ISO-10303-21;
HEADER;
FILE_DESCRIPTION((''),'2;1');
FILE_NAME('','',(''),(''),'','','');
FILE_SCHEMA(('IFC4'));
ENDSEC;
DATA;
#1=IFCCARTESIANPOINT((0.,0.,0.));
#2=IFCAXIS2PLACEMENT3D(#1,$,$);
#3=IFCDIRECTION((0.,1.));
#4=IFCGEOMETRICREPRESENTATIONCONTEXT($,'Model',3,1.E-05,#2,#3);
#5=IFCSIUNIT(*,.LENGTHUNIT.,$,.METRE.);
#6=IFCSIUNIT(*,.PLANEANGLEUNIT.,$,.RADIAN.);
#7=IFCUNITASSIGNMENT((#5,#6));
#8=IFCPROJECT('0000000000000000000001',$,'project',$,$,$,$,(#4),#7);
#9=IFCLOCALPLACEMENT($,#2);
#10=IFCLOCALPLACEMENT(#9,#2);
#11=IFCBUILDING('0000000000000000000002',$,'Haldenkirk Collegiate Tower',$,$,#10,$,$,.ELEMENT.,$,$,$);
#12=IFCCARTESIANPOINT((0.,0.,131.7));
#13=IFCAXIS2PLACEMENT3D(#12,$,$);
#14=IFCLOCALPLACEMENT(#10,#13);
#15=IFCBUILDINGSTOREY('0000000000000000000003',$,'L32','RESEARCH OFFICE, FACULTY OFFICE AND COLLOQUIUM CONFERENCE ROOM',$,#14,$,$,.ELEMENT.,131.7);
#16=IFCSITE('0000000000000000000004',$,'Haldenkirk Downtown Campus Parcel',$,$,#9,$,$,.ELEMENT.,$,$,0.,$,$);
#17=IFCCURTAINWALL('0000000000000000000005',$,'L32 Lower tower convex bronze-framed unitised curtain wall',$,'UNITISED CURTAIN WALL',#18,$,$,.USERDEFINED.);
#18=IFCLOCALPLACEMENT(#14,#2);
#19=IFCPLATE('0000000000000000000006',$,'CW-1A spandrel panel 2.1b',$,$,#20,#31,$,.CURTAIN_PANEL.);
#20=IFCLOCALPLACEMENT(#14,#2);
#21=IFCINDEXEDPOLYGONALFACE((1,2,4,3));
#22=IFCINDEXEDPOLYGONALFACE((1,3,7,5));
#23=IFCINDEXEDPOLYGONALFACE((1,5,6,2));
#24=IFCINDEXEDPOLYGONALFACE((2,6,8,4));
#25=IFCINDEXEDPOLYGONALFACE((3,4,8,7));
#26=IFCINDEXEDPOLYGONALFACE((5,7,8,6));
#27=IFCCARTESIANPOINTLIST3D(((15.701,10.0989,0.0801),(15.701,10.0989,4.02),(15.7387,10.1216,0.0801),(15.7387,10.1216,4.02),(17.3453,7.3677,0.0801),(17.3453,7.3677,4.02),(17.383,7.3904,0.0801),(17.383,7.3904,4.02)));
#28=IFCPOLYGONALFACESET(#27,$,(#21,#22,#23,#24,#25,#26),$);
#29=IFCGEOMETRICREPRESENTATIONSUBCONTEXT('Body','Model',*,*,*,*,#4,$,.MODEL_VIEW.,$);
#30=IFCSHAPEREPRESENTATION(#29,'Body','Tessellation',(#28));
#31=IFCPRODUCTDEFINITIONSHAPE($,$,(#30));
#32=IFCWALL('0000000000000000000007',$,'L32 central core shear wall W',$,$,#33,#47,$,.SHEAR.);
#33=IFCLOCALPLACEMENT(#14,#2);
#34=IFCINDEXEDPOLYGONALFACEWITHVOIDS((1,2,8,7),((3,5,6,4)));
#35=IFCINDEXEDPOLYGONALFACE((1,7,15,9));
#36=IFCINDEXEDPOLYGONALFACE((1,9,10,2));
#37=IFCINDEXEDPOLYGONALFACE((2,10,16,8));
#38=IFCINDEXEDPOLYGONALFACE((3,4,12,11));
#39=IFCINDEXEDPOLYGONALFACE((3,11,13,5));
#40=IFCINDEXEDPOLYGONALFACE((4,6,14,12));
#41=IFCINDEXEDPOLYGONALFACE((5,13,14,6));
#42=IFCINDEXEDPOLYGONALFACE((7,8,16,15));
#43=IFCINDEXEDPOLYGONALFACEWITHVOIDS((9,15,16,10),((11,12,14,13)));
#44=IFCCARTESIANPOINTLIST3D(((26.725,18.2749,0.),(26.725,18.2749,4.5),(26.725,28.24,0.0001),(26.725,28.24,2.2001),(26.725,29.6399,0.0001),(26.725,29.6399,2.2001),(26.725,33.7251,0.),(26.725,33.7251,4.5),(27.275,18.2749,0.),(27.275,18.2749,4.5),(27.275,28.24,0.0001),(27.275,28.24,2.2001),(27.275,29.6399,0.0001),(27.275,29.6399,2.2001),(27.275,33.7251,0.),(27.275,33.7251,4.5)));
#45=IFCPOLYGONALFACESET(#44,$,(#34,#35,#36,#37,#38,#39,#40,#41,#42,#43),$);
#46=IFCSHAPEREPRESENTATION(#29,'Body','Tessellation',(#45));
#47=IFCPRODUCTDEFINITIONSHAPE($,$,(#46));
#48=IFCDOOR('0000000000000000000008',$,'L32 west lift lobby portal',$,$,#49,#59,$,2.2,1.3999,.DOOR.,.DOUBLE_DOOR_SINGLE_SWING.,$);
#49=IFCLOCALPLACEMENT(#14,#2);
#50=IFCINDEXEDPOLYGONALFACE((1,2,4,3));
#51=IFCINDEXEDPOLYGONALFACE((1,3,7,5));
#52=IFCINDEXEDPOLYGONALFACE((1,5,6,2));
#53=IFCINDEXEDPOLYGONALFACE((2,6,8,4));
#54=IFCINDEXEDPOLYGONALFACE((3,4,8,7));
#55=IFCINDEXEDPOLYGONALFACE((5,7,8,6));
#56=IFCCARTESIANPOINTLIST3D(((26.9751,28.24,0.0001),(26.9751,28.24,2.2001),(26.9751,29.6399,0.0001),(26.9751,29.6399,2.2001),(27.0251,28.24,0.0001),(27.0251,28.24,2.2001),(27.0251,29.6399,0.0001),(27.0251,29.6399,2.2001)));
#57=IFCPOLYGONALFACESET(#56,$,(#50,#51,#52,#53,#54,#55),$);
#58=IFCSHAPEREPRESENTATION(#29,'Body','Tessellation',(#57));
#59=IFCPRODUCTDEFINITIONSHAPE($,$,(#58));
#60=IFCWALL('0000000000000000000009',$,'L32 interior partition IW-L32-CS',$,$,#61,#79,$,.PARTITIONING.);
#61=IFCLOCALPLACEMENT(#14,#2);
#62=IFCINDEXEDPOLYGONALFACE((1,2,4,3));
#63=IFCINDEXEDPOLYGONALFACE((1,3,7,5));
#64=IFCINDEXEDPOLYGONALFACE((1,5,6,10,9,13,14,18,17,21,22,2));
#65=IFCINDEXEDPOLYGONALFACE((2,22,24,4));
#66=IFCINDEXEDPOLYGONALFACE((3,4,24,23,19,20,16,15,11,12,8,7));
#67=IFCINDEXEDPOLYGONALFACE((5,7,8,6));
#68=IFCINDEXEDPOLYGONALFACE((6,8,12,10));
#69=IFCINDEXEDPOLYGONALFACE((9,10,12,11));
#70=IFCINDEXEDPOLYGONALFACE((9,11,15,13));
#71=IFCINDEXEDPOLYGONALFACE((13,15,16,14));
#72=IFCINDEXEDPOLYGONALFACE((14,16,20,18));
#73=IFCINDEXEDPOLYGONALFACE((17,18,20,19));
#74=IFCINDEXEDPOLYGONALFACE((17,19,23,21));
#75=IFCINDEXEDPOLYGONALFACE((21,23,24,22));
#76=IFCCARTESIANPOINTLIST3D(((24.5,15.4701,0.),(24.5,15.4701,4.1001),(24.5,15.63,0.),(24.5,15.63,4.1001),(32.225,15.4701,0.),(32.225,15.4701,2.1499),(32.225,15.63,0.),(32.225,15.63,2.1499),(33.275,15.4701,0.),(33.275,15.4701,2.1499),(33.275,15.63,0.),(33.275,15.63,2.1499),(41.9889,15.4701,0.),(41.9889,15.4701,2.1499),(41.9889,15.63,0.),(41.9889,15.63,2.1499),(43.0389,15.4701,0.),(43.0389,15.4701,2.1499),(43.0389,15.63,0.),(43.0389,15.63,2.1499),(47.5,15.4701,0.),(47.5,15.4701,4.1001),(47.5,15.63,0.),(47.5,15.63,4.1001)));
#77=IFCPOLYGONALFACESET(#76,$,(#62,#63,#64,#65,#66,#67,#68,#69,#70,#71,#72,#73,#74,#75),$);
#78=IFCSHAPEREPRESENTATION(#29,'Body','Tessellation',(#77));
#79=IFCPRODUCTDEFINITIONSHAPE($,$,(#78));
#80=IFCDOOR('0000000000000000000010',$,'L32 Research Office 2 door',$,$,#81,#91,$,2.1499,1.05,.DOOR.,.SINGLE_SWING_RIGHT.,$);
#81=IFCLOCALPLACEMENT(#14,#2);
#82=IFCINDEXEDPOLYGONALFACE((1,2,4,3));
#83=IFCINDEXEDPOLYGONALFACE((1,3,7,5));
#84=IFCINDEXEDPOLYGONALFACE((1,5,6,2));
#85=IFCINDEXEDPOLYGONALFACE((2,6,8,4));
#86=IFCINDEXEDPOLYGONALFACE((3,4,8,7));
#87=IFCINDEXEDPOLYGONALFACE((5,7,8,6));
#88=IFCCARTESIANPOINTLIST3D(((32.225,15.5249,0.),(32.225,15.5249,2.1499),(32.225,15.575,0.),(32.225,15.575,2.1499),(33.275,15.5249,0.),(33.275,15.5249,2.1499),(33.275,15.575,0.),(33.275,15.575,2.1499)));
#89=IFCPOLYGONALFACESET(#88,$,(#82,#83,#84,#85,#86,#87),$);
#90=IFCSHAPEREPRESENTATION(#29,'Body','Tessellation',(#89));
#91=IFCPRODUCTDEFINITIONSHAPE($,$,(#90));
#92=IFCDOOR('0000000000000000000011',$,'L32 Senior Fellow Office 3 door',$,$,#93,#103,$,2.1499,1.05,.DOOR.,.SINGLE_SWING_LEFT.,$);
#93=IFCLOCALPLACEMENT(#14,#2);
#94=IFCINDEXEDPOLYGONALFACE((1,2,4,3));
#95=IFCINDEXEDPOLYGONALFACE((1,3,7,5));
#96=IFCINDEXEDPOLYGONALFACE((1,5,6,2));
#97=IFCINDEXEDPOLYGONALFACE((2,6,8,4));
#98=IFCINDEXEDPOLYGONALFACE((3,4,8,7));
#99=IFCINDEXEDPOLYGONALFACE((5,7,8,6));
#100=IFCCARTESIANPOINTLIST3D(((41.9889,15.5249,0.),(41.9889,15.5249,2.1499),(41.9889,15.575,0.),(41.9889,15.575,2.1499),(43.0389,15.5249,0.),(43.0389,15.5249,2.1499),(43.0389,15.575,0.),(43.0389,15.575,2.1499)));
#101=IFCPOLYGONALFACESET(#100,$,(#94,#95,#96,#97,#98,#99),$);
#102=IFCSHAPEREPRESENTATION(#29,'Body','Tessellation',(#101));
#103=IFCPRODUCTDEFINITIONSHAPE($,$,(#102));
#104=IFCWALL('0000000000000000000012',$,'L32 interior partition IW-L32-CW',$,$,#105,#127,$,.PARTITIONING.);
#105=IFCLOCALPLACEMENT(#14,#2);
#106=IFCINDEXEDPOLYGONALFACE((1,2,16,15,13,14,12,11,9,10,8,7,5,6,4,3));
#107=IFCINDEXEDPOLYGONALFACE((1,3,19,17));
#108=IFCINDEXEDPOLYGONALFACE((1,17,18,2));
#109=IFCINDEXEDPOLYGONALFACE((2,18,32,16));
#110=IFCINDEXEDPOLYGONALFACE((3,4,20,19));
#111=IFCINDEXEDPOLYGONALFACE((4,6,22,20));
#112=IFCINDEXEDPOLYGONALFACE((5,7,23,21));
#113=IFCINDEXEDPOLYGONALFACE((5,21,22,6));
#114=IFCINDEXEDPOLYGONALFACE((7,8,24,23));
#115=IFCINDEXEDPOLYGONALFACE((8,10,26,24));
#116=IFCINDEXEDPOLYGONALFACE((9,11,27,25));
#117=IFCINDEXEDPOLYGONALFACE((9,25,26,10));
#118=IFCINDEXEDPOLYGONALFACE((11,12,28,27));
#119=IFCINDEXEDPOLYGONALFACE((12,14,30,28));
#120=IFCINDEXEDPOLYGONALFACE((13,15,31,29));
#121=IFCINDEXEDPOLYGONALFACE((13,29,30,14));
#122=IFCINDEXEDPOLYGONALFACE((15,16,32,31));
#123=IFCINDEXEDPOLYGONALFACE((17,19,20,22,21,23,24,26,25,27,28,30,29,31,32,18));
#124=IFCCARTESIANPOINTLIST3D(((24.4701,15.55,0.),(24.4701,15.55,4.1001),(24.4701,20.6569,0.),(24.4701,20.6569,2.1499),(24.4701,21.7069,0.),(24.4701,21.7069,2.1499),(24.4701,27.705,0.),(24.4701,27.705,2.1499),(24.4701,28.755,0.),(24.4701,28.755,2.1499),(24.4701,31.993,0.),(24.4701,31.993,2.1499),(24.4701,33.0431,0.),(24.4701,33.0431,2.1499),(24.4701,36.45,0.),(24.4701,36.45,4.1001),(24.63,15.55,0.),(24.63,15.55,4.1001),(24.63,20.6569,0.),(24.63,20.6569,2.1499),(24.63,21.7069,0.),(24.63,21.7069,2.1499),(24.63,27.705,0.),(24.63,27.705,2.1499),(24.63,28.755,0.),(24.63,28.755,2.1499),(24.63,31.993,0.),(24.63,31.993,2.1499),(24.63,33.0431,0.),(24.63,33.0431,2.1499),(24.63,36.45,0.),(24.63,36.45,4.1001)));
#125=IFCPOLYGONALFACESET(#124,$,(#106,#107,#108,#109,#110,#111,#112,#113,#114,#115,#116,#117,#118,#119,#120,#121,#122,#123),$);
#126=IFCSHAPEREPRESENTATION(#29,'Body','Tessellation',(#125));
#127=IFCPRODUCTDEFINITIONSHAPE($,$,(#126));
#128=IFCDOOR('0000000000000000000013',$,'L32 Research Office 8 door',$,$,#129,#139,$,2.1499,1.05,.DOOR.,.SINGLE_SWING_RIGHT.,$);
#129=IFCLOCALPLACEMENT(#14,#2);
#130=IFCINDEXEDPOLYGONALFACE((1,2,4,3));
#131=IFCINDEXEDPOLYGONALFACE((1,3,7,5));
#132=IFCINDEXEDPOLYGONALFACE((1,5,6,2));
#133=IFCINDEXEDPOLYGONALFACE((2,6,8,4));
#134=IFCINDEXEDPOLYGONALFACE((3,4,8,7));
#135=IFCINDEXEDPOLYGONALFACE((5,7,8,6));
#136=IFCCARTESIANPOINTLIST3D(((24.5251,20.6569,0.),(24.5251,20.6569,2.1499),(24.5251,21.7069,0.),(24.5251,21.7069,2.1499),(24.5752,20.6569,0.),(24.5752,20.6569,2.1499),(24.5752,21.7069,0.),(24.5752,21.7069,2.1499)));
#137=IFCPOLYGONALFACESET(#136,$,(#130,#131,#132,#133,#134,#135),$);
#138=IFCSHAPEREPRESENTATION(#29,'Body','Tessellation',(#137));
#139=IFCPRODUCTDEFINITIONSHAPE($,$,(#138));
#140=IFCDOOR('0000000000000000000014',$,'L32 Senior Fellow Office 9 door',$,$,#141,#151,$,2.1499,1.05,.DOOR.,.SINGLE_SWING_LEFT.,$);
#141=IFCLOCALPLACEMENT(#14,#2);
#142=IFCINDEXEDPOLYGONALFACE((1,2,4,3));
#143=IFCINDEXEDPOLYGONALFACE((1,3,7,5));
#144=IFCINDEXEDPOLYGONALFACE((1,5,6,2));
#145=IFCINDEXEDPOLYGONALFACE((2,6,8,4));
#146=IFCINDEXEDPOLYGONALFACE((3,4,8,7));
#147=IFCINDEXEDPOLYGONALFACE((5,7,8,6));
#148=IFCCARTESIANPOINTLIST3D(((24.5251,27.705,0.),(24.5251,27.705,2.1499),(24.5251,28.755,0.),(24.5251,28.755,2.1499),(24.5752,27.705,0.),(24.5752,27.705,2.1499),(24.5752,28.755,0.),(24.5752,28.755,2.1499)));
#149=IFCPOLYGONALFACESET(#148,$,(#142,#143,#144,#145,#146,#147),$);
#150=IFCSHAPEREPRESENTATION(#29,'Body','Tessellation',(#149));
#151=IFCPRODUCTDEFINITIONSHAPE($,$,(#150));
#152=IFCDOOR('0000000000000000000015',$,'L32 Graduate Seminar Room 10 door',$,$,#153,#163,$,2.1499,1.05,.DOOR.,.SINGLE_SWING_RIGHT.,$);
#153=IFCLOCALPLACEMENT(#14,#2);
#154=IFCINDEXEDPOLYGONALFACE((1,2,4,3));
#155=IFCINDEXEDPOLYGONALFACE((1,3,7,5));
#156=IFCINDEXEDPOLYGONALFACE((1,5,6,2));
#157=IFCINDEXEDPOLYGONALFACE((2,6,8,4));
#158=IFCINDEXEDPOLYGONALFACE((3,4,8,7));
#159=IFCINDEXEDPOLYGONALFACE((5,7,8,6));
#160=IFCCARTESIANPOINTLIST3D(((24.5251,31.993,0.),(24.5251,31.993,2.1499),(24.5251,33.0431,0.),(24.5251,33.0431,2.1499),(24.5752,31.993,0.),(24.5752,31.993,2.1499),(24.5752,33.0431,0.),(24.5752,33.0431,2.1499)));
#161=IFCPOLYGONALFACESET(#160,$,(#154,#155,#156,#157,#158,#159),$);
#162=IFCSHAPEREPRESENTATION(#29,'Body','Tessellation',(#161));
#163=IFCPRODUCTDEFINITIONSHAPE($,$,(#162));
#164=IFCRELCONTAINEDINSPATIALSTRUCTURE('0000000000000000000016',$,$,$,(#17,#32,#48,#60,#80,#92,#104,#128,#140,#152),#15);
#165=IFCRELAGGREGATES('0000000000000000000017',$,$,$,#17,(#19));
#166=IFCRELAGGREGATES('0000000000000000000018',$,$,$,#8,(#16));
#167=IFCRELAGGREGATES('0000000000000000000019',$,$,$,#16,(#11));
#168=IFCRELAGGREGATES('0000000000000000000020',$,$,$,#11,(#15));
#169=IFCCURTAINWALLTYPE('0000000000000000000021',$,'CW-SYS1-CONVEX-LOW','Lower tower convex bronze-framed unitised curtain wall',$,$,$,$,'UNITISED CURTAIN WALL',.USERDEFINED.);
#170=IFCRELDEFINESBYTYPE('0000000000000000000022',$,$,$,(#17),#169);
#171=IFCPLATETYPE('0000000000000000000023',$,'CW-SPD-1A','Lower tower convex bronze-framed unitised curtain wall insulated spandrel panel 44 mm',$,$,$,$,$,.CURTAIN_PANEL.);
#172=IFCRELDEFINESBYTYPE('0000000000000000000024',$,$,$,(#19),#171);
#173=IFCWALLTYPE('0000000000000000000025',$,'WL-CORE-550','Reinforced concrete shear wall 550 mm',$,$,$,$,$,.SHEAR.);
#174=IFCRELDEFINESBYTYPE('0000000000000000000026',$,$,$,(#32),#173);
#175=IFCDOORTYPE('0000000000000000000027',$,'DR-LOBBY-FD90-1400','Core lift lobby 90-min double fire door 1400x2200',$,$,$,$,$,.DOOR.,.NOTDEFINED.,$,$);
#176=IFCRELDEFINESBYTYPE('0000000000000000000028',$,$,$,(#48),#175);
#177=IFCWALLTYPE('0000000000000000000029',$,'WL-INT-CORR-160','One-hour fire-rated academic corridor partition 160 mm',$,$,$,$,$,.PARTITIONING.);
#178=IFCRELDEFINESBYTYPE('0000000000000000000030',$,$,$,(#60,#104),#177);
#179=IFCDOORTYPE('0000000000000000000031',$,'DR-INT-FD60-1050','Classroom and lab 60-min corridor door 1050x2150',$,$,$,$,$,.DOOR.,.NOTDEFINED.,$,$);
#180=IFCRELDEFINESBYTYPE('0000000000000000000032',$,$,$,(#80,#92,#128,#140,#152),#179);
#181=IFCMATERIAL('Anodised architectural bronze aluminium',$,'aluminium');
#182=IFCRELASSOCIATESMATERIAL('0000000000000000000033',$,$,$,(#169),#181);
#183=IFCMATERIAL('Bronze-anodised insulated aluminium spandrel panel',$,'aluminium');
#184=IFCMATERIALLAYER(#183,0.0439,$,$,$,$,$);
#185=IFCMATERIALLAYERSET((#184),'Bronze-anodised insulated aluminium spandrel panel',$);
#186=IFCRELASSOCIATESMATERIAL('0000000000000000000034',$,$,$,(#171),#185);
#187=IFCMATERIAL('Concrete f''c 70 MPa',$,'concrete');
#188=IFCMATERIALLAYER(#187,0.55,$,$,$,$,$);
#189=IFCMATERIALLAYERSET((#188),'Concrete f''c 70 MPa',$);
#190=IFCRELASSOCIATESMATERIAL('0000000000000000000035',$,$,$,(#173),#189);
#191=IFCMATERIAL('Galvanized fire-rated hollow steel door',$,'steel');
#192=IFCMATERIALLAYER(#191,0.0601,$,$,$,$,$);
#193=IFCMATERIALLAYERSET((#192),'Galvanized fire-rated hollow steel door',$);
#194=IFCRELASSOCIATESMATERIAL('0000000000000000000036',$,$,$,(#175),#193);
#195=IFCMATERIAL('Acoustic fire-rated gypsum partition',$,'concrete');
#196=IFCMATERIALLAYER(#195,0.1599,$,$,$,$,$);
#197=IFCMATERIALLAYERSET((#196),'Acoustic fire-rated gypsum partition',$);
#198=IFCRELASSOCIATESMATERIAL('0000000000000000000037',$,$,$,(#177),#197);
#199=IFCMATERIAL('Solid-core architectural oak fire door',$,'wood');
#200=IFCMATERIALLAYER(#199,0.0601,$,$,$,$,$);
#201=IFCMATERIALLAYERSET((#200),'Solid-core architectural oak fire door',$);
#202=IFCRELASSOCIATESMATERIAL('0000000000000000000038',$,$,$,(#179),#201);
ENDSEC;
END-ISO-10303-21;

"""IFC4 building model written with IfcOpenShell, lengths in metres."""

from ifc_helpers import new_model, si_unit, direction, frame, frame_2d, origin, origin_2d, place, context, subcontext, project, spatial, rectangle, extrude, source, transform, mapped, material, layer, layer_set, type_object, element, fill, aggregate, save


model = new_model("IFC4")

# Units and contexts
model_context = context("Model", 3, precision=1e-05, world=origin(), true_north=direction((0.0, 1.0)))
body_context = subcontext(model_context, "Body", "Model", "MODEL_VIEW")
ifc_project = project(units=[si_unit("LENGTHUNIT", "METRE"), si_unit("PLANEANGLEUNIT", "RADIAN")], contexts=[model_context])

# Site, building, storey
site_placement = place(None, origin())
site = spatial("IfcSite", under=ifc_project, at=site_placement, Name="Haldenkirk Downtown Campus Parcel", CompositionType="ELEMENT", RefElevation=0.0)
building_placement = place(site_placement, origin())
building = spatial("IfcBuilding", under=site, at=building_placement, Name="Haldenkirk Collegiate Tower", CompositionType="ELEMENT")
storey_placement = place(building_placement, frame((0.0, 0.0, 131.7)))
storey = spatial("IfcBuildingStorey", under=building, at=storey_placement, Name="L32", Description="RESEARCH OFFICE, FACULTY OFFICE AND COLLOQUIUM CONFERENCE ROOM", CompositionType="ELEMENT", Elevation=131.7)

# Curtain wall, plate
ifc_material_1 = material(Name="Anodised architectural bronze aluminium", Category="aluminium")
curtain_wall_type = type_object("IfcCurtainWallType", Name="CW-SYS1-CONVEX-LOW", Description="Lower tower convex bronze-framed unitised curtain wall", ElementType="UNITISED CURTAIN WALL", PredefinedType="USERDEFINED", material=ifc_material_1)
curtain_wall_placement = place(storey_placement, origin())
curtain_wall = element("IfcCurtainWall", 1, at=curtain_wall_placement, inside=storey, type_object=curtain_wall_type, Name="L32 Lower tower convex bronze-framed unitised curtain wall", ObjectType="UNITISED CURTAIN WALL", PredefinedType="USERDEFINED")
ifc_material_2 = material(Name="Bronze-anodised insulated aluminium spandrel panel", Category="aluminium")
ifc_layer_1 = layer(ifc_material_2, 0.0439)
ifc_layer_set_1 = layer_set([ifc_layer_1], Name="Bronze-anodised insulated aluminium spandrel panel")
plate_type_1 = type_object("IfcPlateType", Name="CW-SPD-1A", Description="Lower tower convex bronze-framed unitised curtain wall insulated spandrel panel 44 mm", PredefinedType="CURTAIN_PANEL", material=ifc_layer_set_1)
shared_shape_1 = source(origin(), body_context, "Body", "SweptSolid", [
    extrude(rectangle(XDim=3.188, YDim=0.0439, at=origin_2d()), origin(), (0.0, 0.0, 1.0), 3.9399),
])
plate_1_placement = place(storey_placement, frame((16.542, 8.7446, 0.0801), z_axis=(0.0, 0.0, 1.0), x_axis=(-0.515785, 0.856718, 0.0)))
plate_1 = element("IfcPlate", 2, at=plate_1_placement, type_object=plate_type_1, Name="CW-1A spandrel panel 2.1b", PredefinedType="CURTAIN_PANEL", context=body_context, shape_type="MappedRepresentation", body=[
    mapped(shared_shape_1, transform((0.0, 0.0, 0.0), x_axis=(1.0, 0.0, 0.0), y_axis=(0.0, 1.0, 0.0), z_axis=(0.0, 0.0, 1.0), scale=1.0)),
])
aggregate(curtain_wall, [plate_1])

# Shared definitions
ifc_material_3 = material(Name="Concrete f'c 70 MPa", Category="concrete")
ifc_layer_2 = layer(ifc_material_3, 0.55)
ifc_layer_set_2 = layer_set([ifc_layer_2], Name="Concrete f'c 70 MPa")
wall_type_1 = type_object("IfcWallType", Name="WL-CORE-550", Description="Reinforced concrete shear wall 550 mm", PredefinedType="SHEAR", material=ifc_layer_set_2)
ifc_material_4 = material(Name="Galvanized fire-rated hollow steel door", Category="steel")

# Wall, opening, door
wall_1_placement = place(storey_placement, frame((27.0, 18.2749, 0.0), z_axis=(0.0, 0.0, 1.0), x_axis=(0.0, 1.0, 0.0)))
wall_1 = element("IfcWall", 3, at=wall_1_placement, inside=storey, type_object=wall_type_1, Name="L32 central core shear wall W", PredefinedType="SHEAR", context=body_context, shape_type="SweptSolid", body=[
    extrude(rectangle(XDim=15.4502, YDim=0.55, at=frame_2d((7.7251, 0.0))), origin(), (0.0, 0.0, 1.0), 4.5),
])
opening_1_placement = place(wall_1_placement, frame((9.9651, 0.0, 0.0)))
opening_1 = element("IfcOpeningElement", 4, at=opening_1_placement, cuts=wall_1, PredefinedType="OPENING", context=body_context, shape_type="SweptSolid", body=[
    extrude(rectangle(XDim=1.3999, YDim=2.2, at=frame_2d((0.7, 1.1001))), frame((0.0, 0.2849, 0.0), z_axis=(0.0, -1.0, 0.0), x_axis=(1.0, 0.0, 0.0)), (0.0, 0.0, 1.0), 0.5701),
])
ifc_layer_3 = layer(ifc_material_4, 0.0601)
ifc_layer_set_3 = layer_set([ifc_layer_3], Name="Galvanized fire-rated hollow steel door")
door_type_1 = type_object("IfcDoorType", Name="DR-LOBBY-FD90-1400", Description="Core lift lobby 90-min double fire door 1400x2200", OperationType="NOTDEFINED", PredefinedType="DOOR", material=ifc_layer_set_3)
door_1_placement = place(opening_1_placement, origin())
door_1 = element("IfcDoor", 5, at=door_1_placement, inside=storey, type_object=door_type_1, Name="L32 west lift lobby portal", OperationType="DOUBLE_DOOR_SINGLE_SWING", OverallHeight=2.2, OverallWidth=1.3999, PredefinedType="DOOR", context=body_context, shape_type="SweptSolid", body=[
    extrude(rectangle(XDim=1.3999, YDim=2.2, at=frame_2d((0.7, 1.1001))), frame((0.0, 0.0249, 0.0), z_axis=(0.0, -1.0, 0.0), x_axis=(1.0, 0.0, 0.0)), (0.0, 0.0, 1.0), 0.05),
])
fill(opening_1, door_1)

# Walls, openings, doors
ifc_material_5 = material(Name="Acoustic fire-rated gypsum partition", Category="concrete")
ifc_layer_4 = layer(ifc_material_5, 0.1599)
ifc_layer_set_4 = layer_set([ifc_layer_4], Name="Acoustic fire-rated gypsum partition")
wall_type_2 = type_object("IfcWallType", Name="WL-INT-CORR-160", Description="One-hour fire-rated academic corridor partition 160 mm", PredefinedType="PARTITIONING", material=ifc_layer_set_4)
wall_2_placement = place(storey_placement, frame((24.5, 15.55, 0.0), z_axis=(0.0, 0.0, 1.0), x_axis=(1.0, 0.0, 0.0)))
wall_2 = element("IfcWall", 6, at=wall_2_placement, inside=storey, type_object=wall_type_2, Name="L32 interior partition IW-L32-CS", PredefinedType="PARTITIONING", context=body_context, shape_type="SweptSolid", body=[
    extrude(rectangle(XDim=23.0, YDim=0.1599, at=frame_2d((11.5, 0.0))), origin(), (0.0, 0.0, 1.0), 4.1001),
])
opening_2_placement = place(wall_2_placement, frame((7.7251, 0.0, 0.0)))
opening_2 = element("IfcOpeningElement", 7, at=opening_2_placement, cuts=wall_2, PredefinedType="OPENING", context=body_context, shape_type="SweptSolid", body=[
    extrude(rectangle(XDim=1.05, YDim=2.1499, at=frame_2d((0.5249, 1.075))), frame((0.0, 0.0898, 0.0), z_axis=(0.0, -1.0, 0.0), x_axis=(1.0, 0.0, 0.0)), (0.0, 0.0, 1.0), 0.1799),
])
opening_3_placement = place(wall_2_placement, frame((17.489, 0.0, 0.0)))
opening_3 = element("IfcOpeningElement", 8, at=opening_3_placement, cuts=wall_2, PredefinedType="OPENING", context=body_context, shape_type="SweptSolid", body=[
    extrude(rectangle(XDim=1.05, YDim=2.1499, at=frame_2d((0.5249, 1.075))), frame((0.0, 0.0898, 0.0), z_axis=(0.0, -1.0, 0.0), x_axis=(1.0, 0.0, 0.0)), (0.0, 0.0, 1.0), 0.1799),
])
ifc_material_6 = material(Name="Solid-core architectural oak fire door", Category="wood")
ifc_layer_5 = layer(ifc_material_6, 0.0601)
ifc_layer_set_5 = layer_set([ifc_layer_5], Name="Solid-core architectural oak fire door")
door_type_2 = type_object("IfcDoorType", Name="DR-INT-FD60-1050", Description="Classroom and lab 60-min corridor door 1050x2150", OperationType="NOTDEFINED", PredefinedType="DOOR", material=ifc_layer_set_5)
door_2_placement = place(opening_2_placement, origin())
door_2 = element("IfcDoor", 9, at=door_2_placement, inside=storey, type_object=door_type_2, Name="L32 Research Office 2 door", OperationType="SINGLE_SWING_RIGHT", OverallHeight=2.1499, OverallWidth=1.05, PredefinedType="DOOR", context=body_context, shape_type="SweptSolid", body=[
    extrude(rectangle(XDim=1.05, YDim=2.1499, at=frame_2d((0.5249, 1.075))), frame((0.0, 0.0249, 0.0), z_axis=(0.0, -1.0, 0.0), x_axis=(1.0, 0.0, 0.0)), (0.0, 0.0, 1.0), 0.05),
])
fill(opening_2, door_2)
door_3_placement = place(opening_3_placement, origin())
door_3 = element("IfcDoor", 10, at=door_3_placement, inside=storey, type_object=door_type_2, Name="L32 Senior Fellow Office 3 door", OperationType="SINGLE_SWING_LEFT", OverallHeight=2.1499, OverallWidth=1.05, PredefinedType="DOOR", context=body_context, shape_type="SweptSolid", body=[
    extrude(rectangle(XDim=1.05, YDim=2.1499, at=frame_2d((0.5249, 1.075))), frame((0.0, 0.0249, 0.0), z_axis=(0.0, -1.0, 0.0), x_axis=(1.0, 0.0, 0.0)), (0.0, 0.0, 1.0), 0.05),
])
fill(opening_3, door_3)
wall_3_placement = place(storey_placement, frame((24.55, 15.55, 0.0), z_axis=(0.0, 0.0, 1.0), x_axis=(0.0, 1.0, 0.0)))
wall_3 = element("IfcWall", 11, at=wall_3_placement, inside=storey, type_object=wall_type_2, Name="L32 interior partition IW-L32-CW", PredefinedType="PARTITIONING", context=body_context, shape_type="SweptSolid", body=[
    extrude(rectangle(XDim=20.8999, YDim=0.1599, at=frame_2d((10.45, 0.0))), origin(), (0.0, 0.0, 1.0), 4.1001),
])
opening_4_placement = place(wall_3_placement, frame((5.1069, 0.0, 0.0)))
opening_4 = element("IfcOpeningElement", 12, at=opening_4_placement, cuts=wall_3, PredefinedType="OPENING", context=body_context, shape_type="SweptSolid", body=[
    extrude(rectangle(XDim=1.05, YDim=2.1499, at=frame_2d((0.5249, 1.075))), frame((0.0, 0.0898, 0.0), z_axis=(0.0, -1.0, 0.0), x_axis=(1.0, 0.0, 0.0)), (0.0, 0.0, 1.0), 0.1799),
])
opening_5_placement = place(wall_3_placement, frame((12.155, 0.0, 0.0)))
opening_5 = element("IfcOpeningElement", 13, at=opening_5_placement, cuts=wall_3, PredefinedType="OPENING", context=body_context, shape_type="SweptSolid", body=[
    extrude(rectangle(XDim=1.05, YDim=2.1499, at=frame_2d((0.5249, 1.075))), frame((0.0, 0.0898, 0.0), z_axis=(0.0, -1.0, 0.0), x_axis=(1.0, 0.0, 0.0)), (0.0, 0.0, 1.0), 0.1799),
])
opening_6_placement = place(wall_3_placement, frame((16.4431, 0.0, 0.0)))
opening_6 = element("IfcOpeningElement", 14, at=opening_6_placement, cuts=wall_3, PredefinedType="OPENING", context=body_context, shape_type="SweptSolid", body=[
    extrude(rectangle(XDim=1.05, YDim=2.1499, at=frame_2d((0.5249, 1.075))), frame((0.0, 0.0898, 0.0), z_axis=(0.0, -1.0, 0.0), x_axis=(1.0, 0.0, 0.0)), (0.0, 0.0, 1.0), 0.1799),
])
door_4_placement = place(opening_4_placement, origin())
door_4 = element("IfcDoor", 15, at=door_4_placement, inside=storey, type_object=door_type_2, Name="L32 Research Office 8 door", OperationType="SINGLE_SWING_RIGHT", OverallHeight=2.1499, OverallWidth=1.05, PredefinedType="DOOR", context=body_context, shape_type="SweptSolid", body=[
    extrude(rectangle(XDim=1.05, YDim=2.1499, at=frame_2d((0.5249, 1.075))), frame((0.0, 0.0249, 0.0), z_axis=(0.0, -1.0, 0.0), x_axis=(1.0, 0.0, 0.0)), (0.0, 0.0, 1.0), 0.05),
])
fill(opening_4, door_4)
door_5_placement = place(opening_5_placement, origin())
door_5 = element("IfcDoor", 16, at=door_5_placement, inside=storey, type_object=door_type_2, Name="L32 Senior Fellow Office 9 door", OperationType="SINGLE_SWING_LEFT", OverallHeight=2.1499, OverallWidth=1.05, PredefinedType="DOOR", context=body_context, shape_type="SweptSolid", body=[
    extrude(rectangle(XDim=1.05, YDim=2.1499, at=frame_2d((0.5249, 1.075))), frame((0.0, 0.0249, 0.0), z_axis=(0.0, -1.0, 0.0), x_axis=(1.0, 0.0, 0.0)), (0.0, 0.0, 1.0), 0.05),
])
fill(opening_5, door_5)
door_6_placement = place(opening_6_placement, origin())
door_6 = element("IfcDoor", 17, at=door_6_placement, inside=storey, type_object=door_type_2, Name="L32 Graduate Seminar Room 10 door", OperationType="SINGLE_SWING_RIGHT", OverallHeight=2.1499, OverallWidth=1.05, PredefinedType="DOOR", context=body_context, shape_type="SweptSolid", body=[
    extrude(rectangle(XDim=1.05, YDim=2.1499, at=frame_2d((0.5249, 1.075))), frame((0.0, 0.0249, 0.0), z_axis=(0.0, -1.0, 0.0), x_axis=(1.0, 0.0, 0.0)), (0.0, 0.0, 1.0), 0.05),
])
fill(opening_6, door_6)

save(model, "model.ifc")
